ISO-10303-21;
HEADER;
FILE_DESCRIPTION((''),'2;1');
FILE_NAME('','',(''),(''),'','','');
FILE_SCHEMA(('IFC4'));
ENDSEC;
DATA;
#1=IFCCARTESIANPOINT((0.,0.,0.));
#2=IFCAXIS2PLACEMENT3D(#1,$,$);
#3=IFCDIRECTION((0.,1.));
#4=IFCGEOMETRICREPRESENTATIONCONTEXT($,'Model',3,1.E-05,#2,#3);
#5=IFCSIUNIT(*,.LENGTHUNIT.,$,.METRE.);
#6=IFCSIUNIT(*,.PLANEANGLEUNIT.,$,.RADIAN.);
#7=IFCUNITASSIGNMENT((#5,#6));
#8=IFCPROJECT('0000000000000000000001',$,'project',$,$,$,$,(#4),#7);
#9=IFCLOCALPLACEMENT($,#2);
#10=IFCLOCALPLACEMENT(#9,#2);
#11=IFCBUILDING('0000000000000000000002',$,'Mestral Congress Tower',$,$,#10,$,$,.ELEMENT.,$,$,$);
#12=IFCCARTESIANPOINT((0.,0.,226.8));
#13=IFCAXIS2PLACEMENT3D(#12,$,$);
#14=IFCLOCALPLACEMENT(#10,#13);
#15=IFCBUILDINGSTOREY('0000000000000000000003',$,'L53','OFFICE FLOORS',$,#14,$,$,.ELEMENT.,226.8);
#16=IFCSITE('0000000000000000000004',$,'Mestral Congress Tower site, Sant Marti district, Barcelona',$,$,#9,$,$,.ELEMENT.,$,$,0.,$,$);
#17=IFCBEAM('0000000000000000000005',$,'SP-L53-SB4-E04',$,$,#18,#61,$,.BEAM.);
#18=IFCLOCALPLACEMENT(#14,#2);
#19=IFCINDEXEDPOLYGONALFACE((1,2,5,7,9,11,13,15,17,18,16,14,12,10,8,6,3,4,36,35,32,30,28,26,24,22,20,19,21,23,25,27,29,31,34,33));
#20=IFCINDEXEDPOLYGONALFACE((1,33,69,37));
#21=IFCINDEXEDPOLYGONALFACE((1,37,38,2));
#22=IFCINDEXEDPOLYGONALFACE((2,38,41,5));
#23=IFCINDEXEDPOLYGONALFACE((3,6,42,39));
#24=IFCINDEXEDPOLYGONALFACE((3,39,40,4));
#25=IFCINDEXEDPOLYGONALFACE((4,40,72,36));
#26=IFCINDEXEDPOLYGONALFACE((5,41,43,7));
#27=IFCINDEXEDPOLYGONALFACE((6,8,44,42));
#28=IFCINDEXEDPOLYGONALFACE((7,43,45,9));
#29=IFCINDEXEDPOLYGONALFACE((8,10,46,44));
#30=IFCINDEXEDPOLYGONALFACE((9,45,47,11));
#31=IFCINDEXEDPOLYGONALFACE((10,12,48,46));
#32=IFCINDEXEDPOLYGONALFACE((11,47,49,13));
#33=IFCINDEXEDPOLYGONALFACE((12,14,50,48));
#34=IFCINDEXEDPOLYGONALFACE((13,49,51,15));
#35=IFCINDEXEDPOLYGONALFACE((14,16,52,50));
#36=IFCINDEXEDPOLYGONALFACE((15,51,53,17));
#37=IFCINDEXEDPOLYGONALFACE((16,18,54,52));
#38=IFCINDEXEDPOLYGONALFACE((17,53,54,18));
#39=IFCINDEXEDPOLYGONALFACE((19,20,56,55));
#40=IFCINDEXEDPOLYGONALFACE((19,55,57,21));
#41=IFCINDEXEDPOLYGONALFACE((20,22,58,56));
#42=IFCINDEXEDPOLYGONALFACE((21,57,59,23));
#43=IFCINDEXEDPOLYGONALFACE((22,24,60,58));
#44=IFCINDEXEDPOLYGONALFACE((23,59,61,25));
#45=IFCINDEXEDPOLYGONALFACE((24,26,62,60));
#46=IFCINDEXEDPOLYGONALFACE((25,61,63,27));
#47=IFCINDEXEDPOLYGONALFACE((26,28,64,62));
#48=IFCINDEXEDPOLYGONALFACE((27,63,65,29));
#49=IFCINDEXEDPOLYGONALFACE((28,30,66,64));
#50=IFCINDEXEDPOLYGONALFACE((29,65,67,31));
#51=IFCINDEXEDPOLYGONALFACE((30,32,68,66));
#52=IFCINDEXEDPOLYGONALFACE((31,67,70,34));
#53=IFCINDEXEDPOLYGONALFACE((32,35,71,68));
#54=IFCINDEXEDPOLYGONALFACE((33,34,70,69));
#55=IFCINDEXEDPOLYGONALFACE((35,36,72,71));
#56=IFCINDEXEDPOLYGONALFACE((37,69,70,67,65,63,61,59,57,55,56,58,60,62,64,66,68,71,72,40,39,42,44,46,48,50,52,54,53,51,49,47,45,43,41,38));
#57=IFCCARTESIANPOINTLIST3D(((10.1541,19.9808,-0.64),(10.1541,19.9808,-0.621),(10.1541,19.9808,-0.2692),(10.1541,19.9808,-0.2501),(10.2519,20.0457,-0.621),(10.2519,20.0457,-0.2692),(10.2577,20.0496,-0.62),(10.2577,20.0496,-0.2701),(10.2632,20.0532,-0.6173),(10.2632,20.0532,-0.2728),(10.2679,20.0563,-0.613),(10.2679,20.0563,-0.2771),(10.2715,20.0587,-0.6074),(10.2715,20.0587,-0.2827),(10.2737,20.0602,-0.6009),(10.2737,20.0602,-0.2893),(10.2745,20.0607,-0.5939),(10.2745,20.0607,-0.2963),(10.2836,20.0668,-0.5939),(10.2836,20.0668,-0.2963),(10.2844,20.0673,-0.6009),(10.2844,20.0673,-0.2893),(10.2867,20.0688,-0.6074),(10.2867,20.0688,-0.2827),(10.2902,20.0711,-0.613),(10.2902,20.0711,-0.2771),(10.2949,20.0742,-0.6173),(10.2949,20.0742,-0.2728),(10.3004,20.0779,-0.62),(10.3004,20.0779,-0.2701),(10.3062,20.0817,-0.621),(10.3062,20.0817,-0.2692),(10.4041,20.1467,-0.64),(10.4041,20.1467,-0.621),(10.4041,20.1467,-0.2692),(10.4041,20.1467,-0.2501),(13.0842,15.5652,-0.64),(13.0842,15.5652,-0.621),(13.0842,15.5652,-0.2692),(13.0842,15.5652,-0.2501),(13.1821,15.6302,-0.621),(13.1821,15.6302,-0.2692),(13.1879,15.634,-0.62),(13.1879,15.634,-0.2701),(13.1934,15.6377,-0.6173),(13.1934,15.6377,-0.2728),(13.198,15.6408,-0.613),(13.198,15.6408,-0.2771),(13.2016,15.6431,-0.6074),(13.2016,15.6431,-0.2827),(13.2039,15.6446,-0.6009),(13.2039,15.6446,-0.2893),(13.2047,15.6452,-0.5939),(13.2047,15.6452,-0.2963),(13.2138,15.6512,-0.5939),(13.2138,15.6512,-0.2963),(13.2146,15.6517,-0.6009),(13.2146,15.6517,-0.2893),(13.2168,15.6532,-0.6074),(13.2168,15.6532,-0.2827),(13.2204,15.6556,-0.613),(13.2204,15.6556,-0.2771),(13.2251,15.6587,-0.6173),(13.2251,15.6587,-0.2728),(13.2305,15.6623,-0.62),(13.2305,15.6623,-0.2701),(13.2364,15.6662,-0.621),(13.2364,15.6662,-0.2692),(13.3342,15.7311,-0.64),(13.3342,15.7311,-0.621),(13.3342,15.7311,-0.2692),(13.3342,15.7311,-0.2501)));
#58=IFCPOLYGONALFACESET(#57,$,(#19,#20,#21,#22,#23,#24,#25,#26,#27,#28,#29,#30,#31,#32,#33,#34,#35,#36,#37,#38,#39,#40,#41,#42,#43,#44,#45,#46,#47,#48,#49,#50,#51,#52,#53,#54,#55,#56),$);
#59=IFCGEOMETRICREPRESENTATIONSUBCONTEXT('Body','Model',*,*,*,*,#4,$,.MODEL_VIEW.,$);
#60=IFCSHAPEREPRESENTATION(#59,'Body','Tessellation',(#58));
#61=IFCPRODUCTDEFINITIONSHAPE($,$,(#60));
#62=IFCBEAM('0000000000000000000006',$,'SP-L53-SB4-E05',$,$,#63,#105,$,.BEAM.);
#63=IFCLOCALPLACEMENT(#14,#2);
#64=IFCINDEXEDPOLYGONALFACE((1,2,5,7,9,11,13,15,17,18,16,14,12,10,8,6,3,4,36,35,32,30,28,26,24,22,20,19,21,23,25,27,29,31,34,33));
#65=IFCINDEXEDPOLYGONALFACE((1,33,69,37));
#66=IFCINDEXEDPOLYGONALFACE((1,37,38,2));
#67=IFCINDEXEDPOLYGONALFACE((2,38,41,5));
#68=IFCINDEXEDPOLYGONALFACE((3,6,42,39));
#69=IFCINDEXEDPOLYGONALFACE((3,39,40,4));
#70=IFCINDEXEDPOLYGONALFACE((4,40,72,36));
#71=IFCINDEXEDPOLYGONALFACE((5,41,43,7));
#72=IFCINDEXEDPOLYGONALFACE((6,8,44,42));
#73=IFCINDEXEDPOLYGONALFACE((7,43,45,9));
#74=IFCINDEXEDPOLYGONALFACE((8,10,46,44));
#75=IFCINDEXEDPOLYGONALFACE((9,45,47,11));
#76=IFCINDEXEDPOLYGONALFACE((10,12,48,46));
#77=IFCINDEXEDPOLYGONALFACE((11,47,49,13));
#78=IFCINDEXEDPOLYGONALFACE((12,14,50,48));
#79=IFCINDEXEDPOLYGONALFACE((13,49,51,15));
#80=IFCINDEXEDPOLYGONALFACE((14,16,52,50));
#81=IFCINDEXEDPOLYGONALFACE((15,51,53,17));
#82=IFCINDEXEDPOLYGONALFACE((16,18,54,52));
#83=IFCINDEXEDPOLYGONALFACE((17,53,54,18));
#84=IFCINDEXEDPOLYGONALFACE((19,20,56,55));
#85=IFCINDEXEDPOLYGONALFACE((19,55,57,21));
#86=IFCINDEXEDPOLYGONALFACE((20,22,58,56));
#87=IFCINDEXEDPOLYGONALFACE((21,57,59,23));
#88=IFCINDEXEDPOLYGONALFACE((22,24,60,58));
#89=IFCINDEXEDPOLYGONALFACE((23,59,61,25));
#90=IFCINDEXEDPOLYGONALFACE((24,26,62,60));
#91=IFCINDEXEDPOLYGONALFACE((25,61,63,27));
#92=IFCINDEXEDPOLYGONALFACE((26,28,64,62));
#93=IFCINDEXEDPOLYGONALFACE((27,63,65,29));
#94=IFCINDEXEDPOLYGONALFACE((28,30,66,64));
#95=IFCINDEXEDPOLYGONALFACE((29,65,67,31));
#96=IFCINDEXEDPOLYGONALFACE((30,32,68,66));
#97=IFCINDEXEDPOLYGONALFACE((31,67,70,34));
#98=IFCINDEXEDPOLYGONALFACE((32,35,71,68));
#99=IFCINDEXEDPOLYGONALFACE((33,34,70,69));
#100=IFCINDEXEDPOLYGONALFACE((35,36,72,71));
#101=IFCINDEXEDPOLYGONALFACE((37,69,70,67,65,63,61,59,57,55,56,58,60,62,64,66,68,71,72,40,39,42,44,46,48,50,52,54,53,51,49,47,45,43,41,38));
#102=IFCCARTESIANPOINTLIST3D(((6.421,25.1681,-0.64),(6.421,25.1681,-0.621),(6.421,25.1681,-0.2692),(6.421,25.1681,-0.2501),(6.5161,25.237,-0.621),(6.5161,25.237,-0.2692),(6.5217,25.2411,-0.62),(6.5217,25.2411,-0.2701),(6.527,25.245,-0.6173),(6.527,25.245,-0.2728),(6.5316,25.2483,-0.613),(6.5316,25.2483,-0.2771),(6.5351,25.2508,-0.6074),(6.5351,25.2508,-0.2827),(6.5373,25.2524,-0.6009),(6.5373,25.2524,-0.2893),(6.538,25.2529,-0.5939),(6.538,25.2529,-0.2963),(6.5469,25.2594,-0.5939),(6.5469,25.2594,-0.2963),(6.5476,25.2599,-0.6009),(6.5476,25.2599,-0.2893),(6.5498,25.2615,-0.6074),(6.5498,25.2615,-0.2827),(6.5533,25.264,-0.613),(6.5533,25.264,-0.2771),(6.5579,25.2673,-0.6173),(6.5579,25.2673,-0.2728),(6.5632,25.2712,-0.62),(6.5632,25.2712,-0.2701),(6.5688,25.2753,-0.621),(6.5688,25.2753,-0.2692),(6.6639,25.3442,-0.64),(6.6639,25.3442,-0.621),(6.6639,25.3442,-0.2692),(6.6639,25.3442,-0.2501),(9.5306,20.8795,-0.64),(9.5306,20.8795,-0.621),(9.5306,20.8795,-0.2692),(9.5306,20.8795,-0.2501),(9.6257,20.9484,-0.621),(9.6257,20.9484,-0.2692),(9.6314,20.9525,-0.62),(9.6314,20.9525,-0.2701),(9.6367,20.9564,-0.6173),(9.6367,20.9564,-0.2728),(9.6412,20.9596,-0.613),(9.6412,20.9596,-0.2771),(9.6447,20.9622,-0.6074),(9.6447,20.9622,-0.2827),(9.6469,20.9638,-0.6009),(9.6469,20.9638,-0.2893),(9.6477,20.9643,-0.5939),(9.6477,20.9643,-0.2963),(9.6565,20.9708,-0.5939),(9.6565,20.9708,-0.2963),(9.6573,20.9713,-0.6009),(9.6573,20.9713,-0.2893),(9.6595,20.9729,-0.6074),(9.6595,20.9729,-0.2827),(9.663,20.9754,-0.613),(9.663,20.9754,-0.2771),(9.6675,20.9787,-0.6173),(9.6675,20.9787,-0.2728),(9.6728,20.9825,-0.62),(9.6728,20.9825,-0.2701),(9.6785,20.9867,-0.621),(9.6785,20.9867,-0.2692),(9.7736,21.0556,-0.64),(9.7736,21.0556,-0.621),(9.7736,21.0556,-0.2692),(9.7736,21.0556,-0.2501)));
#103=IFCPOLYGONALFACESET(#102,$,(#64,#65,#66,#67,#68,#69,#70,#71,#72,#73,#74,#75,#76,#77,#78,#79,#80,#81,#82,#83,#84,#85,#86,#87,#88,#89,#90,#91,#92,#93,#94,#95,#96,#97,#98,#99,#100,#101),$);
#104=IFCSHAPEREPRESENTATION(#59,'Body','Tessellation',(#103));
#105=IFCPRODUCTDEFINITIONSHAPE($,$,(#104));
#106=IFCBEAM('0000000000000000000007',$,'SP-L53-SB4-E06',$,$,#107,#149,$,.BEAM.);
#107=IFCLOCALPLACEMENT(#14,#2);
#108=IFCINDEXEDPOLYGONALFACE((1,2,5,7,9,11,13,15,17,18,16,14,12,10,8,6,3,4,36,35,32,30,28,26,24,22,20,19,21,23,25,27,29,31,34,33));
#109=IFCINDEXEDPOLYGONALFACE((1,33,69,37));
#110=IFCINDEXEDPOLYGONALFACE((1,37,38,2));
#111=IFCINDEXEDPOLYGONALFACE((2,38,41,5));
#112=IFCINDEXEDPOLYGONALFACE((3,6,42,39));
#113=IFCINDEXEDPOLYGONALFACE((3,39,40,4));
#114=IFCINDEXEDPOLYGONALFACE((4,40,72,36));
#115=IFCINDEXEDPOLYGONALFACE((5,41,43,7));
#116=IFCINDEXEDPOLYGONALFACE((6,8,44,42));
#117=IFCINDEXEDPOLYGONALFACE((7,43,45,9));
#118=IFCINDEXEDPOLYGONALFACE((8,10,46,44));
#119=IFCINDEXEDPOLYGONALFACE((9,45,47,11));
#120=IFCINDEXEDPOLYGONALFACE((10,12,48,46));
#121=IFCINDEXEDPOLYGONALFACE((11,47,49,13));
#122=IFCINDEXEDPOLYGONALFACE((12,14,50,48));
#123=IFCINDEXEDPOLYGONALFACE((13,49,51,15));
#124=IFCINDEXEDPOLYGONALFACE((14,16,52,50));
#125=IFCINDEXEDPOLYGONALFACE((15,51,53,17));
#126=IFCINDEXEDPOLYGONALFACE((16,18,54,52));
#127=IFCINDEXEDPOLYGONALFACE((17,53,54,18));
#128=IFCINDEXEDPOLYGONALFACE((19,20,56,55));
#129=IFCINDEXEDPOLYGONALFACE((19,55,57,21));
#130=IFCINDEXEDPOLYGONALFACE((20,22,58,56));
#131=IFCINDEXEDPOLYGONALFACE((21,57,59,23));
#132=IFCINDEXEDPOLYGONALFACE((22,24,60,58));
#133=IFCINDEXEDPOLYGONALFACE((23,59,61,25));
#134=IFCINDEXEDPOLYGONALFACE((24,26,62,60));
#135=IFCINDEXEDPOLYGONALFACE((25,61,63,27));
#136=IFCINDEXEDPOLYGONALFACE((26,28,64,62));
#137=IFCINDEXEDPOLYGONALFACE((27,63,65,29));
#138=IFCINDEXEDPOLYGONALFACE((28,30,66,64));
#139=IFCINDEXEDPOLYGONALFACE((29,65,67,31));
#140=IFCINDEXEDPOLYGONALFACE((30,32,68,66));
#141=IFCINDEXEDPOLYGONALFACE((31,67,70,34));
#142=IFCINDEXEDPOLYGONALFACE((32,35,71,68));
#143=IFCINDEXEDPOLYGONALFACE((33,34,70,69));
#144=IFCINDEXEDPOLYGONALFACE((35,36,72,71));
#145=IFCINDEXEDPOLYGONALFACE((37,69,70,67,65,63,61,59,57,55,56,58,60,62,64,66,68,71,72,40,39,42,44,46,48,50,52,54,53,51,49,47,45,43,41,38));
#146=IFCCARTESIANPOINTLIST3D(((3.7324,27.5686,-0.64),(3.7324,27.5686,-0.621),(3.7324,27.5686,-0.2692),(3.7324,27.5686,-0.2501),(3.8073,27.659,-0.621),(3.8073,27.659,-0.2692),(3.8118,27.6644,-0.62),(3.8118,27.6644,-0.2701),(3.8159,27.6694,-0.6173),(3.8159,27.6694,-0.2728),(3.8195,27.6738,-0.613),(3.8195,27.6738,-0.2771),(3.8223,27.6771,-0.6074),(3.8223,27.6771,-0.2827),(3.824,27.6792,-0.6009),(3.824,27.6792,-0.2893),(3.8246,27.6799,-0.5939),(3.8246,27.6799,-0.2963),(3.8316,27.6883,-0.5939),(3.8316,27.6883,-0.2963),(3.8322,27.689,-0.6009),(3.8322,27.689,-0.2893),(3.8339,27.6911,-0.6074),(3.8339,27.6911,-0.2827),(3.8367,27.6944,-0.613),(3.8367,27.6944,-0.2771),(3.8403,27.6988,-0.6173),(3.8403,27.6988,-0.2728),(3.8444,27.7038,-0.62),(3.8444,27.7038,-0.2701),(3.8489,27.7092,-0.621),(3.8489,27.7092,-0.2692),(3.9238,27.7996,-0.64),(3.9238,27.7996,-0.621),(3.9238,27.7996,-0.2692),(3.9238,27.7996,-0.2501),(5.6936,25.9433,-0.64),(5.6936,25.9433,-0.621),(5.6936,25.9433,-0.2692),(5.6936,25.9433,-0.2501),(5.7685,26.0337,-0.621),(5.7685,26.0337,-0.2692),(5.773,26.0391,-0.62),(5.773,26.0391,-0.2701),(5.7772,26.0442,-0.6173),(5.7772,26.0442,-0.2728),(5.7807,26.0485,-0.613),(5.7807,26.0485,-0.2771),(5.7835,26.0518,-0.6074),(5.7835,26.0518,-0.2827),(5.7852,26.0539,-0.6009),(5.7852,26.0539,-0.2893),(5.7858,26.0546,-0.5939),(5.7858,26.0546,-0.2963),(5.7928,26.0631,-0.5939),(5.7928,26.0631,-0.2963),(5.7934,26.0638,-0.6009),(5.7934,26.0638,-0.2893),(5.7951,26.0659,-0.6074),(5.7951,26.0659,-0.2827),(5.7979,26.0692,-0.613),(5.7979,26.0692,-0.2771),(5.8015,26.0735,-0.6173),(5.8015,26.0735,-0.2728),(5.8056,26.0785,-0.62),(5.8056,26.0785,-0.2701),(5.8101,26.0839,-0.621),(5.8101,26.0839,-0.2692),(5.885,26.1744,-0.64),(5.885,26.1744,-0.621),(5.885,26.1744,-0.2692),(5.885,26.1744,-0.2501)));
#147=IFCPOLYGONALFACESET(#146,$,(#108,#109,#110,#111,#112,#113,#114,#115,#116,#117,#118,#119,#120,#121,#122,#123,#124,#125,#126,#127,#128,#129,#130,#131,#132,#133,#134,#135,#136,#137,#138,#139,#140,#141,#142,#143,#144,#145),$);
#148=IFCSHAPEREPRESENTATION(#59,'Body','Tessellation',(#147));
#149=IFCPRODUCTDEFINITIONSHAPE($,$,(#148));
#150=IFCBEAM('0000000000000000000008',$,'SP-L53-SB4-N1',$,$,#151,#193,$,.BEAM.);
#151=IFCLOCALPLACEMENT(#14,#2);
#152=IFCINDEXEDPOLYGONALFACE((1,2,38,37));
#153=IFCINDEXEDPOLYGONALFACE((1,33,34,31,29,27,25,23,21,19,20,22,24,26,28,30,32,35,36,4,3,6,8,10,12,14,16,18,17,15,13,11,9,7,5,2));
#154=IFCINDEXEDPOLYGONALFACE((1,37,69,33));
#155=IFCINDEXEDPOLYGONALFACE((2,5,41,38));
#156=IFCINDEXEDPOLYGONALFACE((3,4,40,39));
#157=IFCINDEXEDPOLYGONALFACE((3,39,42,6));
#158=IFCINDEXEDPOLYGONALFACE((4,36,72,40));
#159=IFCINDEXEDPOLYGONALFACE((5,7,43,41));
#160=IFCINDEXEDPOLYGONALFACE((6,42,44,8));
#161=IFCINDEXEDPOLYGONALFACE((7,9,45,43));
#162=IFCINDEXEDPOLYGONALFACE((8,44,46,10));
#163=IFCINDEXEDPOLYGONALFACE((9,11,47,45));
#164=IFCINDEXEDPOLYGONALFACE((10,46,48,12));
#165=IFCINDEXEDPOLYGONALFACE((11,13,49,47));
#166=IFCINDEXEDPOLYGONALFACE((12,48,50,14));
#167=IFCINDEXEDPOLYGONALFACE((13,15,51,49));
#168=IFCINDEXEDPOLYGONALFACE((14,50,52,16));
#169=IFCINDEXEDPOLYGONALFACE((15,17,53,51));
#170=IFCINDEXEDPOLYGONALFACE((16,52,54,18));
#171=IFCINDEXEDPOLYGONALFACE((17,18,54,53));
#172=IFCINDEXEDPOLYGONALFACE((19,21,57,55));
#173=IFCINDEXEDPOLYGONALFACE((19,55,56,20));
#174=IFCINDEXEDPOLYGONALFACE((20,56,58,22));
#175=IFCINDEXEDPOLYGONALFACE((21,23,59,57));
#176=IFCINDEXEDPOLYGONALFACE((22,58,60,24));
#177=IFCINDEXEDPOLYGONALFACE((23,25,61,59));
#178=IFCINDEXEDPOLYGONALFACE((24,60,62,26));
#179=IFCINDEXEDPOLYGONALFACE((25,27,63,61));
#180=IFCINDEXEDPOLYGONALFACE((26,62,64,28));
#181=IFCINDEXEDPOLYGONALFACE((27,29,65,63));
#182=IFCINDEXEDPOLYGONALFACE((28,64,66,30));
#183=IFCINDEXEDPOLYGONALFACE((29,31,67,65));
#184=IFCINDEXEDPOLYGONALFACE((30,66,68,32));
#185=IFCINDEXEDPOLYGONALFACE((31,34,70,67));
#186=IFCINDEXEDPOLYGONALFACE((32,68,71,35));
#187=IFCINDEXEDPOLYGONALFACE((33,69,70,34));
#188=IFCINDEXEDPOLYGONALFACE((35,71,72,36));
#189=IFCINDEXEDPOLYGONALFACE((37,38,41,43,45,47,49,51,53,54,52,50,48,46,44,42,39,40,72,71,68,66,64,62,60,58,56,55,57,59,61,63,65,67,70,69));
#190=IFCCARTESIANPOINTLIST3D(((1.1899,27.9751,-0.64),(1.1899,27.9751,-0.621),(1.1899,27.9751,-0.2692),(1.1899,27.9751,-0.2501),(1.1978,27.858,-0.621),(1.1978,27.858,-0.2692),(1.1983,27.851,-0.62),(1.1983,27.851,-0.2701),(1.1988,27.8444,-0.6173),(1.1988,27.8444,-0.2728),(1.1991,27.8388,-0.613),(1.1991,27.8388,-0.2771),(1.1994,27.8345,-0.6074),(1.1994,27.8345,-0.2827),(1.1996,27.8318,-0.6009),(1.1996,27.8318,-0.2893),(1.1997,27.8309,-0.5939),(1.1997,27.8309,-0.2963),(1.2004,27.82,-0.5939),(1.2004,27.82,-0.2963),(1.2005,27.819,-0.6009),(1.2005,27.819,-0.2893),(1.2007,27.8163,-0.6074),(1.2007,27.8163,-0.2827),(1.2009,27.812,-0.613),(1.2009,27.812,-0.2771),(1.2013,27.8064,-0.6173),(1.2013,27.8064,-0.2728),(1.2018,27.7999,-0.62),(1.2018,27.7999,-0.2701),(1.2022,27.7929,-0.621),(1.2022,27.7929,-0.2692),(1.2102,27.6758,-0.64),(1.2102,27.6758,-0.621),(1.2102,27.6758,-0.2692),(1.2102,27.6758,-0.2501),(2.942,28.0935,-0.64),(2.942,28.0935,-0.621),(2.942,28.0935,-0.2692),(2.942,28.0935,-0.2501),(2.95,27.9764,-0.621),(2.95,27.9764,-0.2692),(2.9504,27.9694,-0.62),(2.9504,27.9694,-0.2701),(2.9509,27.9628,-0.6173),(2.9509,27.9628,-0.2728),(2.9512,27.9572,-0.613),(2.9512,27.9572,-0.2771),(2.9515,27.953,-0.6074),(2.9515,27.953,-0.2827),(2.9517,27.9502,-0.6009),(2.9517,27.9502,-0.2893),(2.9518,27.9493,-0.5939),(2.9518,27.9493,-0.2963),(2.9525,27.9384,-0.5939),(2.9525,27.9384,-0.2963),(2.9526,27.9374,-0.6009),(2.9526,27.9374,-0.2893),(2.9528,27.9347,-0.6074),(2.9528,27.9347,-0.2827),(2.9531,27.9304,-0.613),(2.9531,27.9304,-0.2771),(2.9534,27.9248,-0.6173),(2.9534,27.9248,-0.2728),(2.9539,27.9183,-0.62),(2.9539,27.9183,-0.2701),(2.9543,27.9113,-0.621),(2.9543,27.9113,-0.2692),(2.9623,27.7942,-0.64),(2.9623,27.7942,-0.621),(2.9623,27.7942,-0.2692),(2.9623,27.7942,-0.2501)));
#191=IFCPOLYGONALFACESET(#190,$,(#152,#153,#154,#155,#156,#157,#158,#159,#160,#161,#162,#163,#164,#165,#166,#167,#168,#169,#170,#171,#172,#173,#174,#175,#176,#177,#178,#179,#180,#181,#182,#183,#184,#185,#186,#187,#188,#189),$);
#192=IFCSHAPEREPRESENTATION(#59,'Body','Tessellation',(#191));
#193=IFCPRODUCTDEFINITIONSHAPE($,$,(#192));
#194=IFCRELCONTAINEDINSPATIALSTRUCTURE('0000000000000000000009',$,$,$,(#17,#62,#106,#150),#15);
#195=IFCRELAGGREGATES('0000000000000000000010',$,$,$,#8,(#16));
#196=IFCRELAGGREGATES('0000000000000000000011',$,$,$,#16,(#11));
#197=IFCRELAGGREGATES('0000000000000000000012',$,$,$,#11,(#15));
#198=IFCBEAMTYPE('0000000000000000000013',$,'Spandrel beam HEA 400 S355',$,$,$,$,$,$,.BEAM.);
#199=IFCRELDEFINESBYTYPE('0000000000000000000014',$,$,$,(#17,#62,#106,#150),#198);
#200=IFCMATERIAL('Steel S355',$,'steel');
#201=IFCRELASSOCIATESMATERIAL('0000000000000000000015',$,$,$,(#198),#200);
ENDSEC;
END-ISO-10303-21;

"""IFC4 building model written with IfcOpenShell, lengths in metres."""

from ifc_helpers import new_model, si_unit, direction, frame, origin, origin_2d, place, context, subcontext, project, spatial, i_section, extrude, material, material_profile, profile_set, type_object, element, save


model = new_model("IFC4")

# Units and contexts
model_context = context("Model", 3, precision=1e-05, world=origin(), true_north=direction((0.0, 1.0)))
body_context = subcontext(model_context, "Body", "Model", "MODEL_VIEW")
ifc_project = project(units=[si_unit("LENGTHUNIT", "METRE"), si_unit("PLANEANGLEUNIT", "RADIAN")], contexts=[model_context])

# Site, building, storey
site_placement = place(None, origin())
site = spatial("IfcSite", under=ifc_project, at=site_placement, Name="Mestral Congress Tower site, Sant Marti district, Barcelona", CompositionType="ELEMENT", RefElevation=0.0)
building_placement = place(site_placement, origin())
building = spatial("IfcBuilding", under=site, at=building_placement, Name="Mestral Congress Tower", CompositionType="ELEMENT")
storey_placement = place(building_placement, frame((0.0, 0.0, 226.8)))
storey = spatial("IfcBuildingStorey", under=building, at=storey_placement, Name="L53", Description="OFFICE FLOORS", CompositionType="ELEMENT", Elevation=226.8)

# Beams
ifc_material_1 = material(Name="Steel S355", Category="steel")
ifc_material_profile_1 = material_profile(ifc_material_1, i_section(OverallWidth=0.3, OverallDepth=0.3899, WebThickness=0.011, FlangeThickness=0.019, FilletRadius=0.0271, at=origin_2d()), Name="HEA 400")
ifc_profile_set_1 = profile_set([ifc_material_profile_1], Name="Steel S355")
beam_type_1 = type_object("IfcBeamType", Name="Spandrel beam HEA 400 S355", PredefinedType="BEAM", material=ifc_profile_set_1)
beam_1_placement = place(storey_placement, frame((13.2092, 15.6482, -0.4451), z_axis=(-0.552934, 0.833225, 0.0), x_axis=(-0.833225, -0.552934, 0.0)))
element("IfcBeam", 1, at=beam_1_placement, inside=storey, type_object=beam_type_1, Name="SP-L53-SB4-E04", PredefinedType="BEAM", context=body_context, shape_type="SweptSolid", body=[
    extrude(i_section(OverallWidth=0.3, OverallDepth=0.3899, WebThickness=0.011, FlangeThickness=0.019, FilletRadius=0.0271, at=origin_2d()), origin(), (0.0, 0.0, 1.0), 5.2993),
])
beam_2_placement = place(storey_placement, frame((9.6521, 20.9675, -0.4451), z_axis=(-0.587017, 0.809574, 0.0), x_axis=(-0.809574, -0.587017, 0.0)))
element("IfcBeam", 2, at=beam_2_placement, inside=storey, type_object=beam_type_1, Name="SP-L53-SB4-E05", PredefinedType="BEAM", context=body_context, shape_type="SweptSolid", body=[
    extrude(i_section(OverallWidth=0.3, OverallDepth=0.3899, WebThickness=0.011, FlangeThickness=0.019, FilletRadius=0.0271, at=origin_2d()), origin(), (0.0, 0.0, 1.0), 5.2974),
])
beam_3_placement = place(storey_placement, frame((5.7893, 26.0588, -0.4451), z_axis=(-0.76997, 0.63808, 0.0), x_axis=(-0.63808, -0.76997, 0.0)))
element("IfcBeam", 3, at=beam_3_placement, inside=storey, type_object=beam_type_1, Name="SP-L53-SB4-E06", PredefinedType="BEAM", context=body_context, shape_type="SweptSolid", body=[
    extrude(i_section(OverallWidth=0.3, OverallDepth=0.3899, WebThickness=0.011, FlangeThickness=0.019, FilletRadius=0.0271, at=origin_2d()), origin(), (0.0, 0.0, 1.0), 2.5471),
])
beam_4_placement = place(storey_placement, frame((2.9521, 27.9438, -0.4451), z_axis=(-0.997724, -0.067423, 0.0), x_axis=(0.067423, -0.997724, 0.0)))
element("IfcBeam", 4, at=beam_4_placement, inside=storey, type_object=beam_type_1, Name="SP-L53-SB4-N1", PredefinedType="BEAM", context=body_context, shape_type="SweptSolid", body=[
    extrude(i_section(OverallWidth=0.3, OverallDepth=0.3899, WebThickness=0.011, FlangeThickness=0.019, FilletRadius=0.0271, at=origin_2d()), origin(), (0.0, 0.0, 1.0), 1.7561),
])

save(model, "model.ifc")
